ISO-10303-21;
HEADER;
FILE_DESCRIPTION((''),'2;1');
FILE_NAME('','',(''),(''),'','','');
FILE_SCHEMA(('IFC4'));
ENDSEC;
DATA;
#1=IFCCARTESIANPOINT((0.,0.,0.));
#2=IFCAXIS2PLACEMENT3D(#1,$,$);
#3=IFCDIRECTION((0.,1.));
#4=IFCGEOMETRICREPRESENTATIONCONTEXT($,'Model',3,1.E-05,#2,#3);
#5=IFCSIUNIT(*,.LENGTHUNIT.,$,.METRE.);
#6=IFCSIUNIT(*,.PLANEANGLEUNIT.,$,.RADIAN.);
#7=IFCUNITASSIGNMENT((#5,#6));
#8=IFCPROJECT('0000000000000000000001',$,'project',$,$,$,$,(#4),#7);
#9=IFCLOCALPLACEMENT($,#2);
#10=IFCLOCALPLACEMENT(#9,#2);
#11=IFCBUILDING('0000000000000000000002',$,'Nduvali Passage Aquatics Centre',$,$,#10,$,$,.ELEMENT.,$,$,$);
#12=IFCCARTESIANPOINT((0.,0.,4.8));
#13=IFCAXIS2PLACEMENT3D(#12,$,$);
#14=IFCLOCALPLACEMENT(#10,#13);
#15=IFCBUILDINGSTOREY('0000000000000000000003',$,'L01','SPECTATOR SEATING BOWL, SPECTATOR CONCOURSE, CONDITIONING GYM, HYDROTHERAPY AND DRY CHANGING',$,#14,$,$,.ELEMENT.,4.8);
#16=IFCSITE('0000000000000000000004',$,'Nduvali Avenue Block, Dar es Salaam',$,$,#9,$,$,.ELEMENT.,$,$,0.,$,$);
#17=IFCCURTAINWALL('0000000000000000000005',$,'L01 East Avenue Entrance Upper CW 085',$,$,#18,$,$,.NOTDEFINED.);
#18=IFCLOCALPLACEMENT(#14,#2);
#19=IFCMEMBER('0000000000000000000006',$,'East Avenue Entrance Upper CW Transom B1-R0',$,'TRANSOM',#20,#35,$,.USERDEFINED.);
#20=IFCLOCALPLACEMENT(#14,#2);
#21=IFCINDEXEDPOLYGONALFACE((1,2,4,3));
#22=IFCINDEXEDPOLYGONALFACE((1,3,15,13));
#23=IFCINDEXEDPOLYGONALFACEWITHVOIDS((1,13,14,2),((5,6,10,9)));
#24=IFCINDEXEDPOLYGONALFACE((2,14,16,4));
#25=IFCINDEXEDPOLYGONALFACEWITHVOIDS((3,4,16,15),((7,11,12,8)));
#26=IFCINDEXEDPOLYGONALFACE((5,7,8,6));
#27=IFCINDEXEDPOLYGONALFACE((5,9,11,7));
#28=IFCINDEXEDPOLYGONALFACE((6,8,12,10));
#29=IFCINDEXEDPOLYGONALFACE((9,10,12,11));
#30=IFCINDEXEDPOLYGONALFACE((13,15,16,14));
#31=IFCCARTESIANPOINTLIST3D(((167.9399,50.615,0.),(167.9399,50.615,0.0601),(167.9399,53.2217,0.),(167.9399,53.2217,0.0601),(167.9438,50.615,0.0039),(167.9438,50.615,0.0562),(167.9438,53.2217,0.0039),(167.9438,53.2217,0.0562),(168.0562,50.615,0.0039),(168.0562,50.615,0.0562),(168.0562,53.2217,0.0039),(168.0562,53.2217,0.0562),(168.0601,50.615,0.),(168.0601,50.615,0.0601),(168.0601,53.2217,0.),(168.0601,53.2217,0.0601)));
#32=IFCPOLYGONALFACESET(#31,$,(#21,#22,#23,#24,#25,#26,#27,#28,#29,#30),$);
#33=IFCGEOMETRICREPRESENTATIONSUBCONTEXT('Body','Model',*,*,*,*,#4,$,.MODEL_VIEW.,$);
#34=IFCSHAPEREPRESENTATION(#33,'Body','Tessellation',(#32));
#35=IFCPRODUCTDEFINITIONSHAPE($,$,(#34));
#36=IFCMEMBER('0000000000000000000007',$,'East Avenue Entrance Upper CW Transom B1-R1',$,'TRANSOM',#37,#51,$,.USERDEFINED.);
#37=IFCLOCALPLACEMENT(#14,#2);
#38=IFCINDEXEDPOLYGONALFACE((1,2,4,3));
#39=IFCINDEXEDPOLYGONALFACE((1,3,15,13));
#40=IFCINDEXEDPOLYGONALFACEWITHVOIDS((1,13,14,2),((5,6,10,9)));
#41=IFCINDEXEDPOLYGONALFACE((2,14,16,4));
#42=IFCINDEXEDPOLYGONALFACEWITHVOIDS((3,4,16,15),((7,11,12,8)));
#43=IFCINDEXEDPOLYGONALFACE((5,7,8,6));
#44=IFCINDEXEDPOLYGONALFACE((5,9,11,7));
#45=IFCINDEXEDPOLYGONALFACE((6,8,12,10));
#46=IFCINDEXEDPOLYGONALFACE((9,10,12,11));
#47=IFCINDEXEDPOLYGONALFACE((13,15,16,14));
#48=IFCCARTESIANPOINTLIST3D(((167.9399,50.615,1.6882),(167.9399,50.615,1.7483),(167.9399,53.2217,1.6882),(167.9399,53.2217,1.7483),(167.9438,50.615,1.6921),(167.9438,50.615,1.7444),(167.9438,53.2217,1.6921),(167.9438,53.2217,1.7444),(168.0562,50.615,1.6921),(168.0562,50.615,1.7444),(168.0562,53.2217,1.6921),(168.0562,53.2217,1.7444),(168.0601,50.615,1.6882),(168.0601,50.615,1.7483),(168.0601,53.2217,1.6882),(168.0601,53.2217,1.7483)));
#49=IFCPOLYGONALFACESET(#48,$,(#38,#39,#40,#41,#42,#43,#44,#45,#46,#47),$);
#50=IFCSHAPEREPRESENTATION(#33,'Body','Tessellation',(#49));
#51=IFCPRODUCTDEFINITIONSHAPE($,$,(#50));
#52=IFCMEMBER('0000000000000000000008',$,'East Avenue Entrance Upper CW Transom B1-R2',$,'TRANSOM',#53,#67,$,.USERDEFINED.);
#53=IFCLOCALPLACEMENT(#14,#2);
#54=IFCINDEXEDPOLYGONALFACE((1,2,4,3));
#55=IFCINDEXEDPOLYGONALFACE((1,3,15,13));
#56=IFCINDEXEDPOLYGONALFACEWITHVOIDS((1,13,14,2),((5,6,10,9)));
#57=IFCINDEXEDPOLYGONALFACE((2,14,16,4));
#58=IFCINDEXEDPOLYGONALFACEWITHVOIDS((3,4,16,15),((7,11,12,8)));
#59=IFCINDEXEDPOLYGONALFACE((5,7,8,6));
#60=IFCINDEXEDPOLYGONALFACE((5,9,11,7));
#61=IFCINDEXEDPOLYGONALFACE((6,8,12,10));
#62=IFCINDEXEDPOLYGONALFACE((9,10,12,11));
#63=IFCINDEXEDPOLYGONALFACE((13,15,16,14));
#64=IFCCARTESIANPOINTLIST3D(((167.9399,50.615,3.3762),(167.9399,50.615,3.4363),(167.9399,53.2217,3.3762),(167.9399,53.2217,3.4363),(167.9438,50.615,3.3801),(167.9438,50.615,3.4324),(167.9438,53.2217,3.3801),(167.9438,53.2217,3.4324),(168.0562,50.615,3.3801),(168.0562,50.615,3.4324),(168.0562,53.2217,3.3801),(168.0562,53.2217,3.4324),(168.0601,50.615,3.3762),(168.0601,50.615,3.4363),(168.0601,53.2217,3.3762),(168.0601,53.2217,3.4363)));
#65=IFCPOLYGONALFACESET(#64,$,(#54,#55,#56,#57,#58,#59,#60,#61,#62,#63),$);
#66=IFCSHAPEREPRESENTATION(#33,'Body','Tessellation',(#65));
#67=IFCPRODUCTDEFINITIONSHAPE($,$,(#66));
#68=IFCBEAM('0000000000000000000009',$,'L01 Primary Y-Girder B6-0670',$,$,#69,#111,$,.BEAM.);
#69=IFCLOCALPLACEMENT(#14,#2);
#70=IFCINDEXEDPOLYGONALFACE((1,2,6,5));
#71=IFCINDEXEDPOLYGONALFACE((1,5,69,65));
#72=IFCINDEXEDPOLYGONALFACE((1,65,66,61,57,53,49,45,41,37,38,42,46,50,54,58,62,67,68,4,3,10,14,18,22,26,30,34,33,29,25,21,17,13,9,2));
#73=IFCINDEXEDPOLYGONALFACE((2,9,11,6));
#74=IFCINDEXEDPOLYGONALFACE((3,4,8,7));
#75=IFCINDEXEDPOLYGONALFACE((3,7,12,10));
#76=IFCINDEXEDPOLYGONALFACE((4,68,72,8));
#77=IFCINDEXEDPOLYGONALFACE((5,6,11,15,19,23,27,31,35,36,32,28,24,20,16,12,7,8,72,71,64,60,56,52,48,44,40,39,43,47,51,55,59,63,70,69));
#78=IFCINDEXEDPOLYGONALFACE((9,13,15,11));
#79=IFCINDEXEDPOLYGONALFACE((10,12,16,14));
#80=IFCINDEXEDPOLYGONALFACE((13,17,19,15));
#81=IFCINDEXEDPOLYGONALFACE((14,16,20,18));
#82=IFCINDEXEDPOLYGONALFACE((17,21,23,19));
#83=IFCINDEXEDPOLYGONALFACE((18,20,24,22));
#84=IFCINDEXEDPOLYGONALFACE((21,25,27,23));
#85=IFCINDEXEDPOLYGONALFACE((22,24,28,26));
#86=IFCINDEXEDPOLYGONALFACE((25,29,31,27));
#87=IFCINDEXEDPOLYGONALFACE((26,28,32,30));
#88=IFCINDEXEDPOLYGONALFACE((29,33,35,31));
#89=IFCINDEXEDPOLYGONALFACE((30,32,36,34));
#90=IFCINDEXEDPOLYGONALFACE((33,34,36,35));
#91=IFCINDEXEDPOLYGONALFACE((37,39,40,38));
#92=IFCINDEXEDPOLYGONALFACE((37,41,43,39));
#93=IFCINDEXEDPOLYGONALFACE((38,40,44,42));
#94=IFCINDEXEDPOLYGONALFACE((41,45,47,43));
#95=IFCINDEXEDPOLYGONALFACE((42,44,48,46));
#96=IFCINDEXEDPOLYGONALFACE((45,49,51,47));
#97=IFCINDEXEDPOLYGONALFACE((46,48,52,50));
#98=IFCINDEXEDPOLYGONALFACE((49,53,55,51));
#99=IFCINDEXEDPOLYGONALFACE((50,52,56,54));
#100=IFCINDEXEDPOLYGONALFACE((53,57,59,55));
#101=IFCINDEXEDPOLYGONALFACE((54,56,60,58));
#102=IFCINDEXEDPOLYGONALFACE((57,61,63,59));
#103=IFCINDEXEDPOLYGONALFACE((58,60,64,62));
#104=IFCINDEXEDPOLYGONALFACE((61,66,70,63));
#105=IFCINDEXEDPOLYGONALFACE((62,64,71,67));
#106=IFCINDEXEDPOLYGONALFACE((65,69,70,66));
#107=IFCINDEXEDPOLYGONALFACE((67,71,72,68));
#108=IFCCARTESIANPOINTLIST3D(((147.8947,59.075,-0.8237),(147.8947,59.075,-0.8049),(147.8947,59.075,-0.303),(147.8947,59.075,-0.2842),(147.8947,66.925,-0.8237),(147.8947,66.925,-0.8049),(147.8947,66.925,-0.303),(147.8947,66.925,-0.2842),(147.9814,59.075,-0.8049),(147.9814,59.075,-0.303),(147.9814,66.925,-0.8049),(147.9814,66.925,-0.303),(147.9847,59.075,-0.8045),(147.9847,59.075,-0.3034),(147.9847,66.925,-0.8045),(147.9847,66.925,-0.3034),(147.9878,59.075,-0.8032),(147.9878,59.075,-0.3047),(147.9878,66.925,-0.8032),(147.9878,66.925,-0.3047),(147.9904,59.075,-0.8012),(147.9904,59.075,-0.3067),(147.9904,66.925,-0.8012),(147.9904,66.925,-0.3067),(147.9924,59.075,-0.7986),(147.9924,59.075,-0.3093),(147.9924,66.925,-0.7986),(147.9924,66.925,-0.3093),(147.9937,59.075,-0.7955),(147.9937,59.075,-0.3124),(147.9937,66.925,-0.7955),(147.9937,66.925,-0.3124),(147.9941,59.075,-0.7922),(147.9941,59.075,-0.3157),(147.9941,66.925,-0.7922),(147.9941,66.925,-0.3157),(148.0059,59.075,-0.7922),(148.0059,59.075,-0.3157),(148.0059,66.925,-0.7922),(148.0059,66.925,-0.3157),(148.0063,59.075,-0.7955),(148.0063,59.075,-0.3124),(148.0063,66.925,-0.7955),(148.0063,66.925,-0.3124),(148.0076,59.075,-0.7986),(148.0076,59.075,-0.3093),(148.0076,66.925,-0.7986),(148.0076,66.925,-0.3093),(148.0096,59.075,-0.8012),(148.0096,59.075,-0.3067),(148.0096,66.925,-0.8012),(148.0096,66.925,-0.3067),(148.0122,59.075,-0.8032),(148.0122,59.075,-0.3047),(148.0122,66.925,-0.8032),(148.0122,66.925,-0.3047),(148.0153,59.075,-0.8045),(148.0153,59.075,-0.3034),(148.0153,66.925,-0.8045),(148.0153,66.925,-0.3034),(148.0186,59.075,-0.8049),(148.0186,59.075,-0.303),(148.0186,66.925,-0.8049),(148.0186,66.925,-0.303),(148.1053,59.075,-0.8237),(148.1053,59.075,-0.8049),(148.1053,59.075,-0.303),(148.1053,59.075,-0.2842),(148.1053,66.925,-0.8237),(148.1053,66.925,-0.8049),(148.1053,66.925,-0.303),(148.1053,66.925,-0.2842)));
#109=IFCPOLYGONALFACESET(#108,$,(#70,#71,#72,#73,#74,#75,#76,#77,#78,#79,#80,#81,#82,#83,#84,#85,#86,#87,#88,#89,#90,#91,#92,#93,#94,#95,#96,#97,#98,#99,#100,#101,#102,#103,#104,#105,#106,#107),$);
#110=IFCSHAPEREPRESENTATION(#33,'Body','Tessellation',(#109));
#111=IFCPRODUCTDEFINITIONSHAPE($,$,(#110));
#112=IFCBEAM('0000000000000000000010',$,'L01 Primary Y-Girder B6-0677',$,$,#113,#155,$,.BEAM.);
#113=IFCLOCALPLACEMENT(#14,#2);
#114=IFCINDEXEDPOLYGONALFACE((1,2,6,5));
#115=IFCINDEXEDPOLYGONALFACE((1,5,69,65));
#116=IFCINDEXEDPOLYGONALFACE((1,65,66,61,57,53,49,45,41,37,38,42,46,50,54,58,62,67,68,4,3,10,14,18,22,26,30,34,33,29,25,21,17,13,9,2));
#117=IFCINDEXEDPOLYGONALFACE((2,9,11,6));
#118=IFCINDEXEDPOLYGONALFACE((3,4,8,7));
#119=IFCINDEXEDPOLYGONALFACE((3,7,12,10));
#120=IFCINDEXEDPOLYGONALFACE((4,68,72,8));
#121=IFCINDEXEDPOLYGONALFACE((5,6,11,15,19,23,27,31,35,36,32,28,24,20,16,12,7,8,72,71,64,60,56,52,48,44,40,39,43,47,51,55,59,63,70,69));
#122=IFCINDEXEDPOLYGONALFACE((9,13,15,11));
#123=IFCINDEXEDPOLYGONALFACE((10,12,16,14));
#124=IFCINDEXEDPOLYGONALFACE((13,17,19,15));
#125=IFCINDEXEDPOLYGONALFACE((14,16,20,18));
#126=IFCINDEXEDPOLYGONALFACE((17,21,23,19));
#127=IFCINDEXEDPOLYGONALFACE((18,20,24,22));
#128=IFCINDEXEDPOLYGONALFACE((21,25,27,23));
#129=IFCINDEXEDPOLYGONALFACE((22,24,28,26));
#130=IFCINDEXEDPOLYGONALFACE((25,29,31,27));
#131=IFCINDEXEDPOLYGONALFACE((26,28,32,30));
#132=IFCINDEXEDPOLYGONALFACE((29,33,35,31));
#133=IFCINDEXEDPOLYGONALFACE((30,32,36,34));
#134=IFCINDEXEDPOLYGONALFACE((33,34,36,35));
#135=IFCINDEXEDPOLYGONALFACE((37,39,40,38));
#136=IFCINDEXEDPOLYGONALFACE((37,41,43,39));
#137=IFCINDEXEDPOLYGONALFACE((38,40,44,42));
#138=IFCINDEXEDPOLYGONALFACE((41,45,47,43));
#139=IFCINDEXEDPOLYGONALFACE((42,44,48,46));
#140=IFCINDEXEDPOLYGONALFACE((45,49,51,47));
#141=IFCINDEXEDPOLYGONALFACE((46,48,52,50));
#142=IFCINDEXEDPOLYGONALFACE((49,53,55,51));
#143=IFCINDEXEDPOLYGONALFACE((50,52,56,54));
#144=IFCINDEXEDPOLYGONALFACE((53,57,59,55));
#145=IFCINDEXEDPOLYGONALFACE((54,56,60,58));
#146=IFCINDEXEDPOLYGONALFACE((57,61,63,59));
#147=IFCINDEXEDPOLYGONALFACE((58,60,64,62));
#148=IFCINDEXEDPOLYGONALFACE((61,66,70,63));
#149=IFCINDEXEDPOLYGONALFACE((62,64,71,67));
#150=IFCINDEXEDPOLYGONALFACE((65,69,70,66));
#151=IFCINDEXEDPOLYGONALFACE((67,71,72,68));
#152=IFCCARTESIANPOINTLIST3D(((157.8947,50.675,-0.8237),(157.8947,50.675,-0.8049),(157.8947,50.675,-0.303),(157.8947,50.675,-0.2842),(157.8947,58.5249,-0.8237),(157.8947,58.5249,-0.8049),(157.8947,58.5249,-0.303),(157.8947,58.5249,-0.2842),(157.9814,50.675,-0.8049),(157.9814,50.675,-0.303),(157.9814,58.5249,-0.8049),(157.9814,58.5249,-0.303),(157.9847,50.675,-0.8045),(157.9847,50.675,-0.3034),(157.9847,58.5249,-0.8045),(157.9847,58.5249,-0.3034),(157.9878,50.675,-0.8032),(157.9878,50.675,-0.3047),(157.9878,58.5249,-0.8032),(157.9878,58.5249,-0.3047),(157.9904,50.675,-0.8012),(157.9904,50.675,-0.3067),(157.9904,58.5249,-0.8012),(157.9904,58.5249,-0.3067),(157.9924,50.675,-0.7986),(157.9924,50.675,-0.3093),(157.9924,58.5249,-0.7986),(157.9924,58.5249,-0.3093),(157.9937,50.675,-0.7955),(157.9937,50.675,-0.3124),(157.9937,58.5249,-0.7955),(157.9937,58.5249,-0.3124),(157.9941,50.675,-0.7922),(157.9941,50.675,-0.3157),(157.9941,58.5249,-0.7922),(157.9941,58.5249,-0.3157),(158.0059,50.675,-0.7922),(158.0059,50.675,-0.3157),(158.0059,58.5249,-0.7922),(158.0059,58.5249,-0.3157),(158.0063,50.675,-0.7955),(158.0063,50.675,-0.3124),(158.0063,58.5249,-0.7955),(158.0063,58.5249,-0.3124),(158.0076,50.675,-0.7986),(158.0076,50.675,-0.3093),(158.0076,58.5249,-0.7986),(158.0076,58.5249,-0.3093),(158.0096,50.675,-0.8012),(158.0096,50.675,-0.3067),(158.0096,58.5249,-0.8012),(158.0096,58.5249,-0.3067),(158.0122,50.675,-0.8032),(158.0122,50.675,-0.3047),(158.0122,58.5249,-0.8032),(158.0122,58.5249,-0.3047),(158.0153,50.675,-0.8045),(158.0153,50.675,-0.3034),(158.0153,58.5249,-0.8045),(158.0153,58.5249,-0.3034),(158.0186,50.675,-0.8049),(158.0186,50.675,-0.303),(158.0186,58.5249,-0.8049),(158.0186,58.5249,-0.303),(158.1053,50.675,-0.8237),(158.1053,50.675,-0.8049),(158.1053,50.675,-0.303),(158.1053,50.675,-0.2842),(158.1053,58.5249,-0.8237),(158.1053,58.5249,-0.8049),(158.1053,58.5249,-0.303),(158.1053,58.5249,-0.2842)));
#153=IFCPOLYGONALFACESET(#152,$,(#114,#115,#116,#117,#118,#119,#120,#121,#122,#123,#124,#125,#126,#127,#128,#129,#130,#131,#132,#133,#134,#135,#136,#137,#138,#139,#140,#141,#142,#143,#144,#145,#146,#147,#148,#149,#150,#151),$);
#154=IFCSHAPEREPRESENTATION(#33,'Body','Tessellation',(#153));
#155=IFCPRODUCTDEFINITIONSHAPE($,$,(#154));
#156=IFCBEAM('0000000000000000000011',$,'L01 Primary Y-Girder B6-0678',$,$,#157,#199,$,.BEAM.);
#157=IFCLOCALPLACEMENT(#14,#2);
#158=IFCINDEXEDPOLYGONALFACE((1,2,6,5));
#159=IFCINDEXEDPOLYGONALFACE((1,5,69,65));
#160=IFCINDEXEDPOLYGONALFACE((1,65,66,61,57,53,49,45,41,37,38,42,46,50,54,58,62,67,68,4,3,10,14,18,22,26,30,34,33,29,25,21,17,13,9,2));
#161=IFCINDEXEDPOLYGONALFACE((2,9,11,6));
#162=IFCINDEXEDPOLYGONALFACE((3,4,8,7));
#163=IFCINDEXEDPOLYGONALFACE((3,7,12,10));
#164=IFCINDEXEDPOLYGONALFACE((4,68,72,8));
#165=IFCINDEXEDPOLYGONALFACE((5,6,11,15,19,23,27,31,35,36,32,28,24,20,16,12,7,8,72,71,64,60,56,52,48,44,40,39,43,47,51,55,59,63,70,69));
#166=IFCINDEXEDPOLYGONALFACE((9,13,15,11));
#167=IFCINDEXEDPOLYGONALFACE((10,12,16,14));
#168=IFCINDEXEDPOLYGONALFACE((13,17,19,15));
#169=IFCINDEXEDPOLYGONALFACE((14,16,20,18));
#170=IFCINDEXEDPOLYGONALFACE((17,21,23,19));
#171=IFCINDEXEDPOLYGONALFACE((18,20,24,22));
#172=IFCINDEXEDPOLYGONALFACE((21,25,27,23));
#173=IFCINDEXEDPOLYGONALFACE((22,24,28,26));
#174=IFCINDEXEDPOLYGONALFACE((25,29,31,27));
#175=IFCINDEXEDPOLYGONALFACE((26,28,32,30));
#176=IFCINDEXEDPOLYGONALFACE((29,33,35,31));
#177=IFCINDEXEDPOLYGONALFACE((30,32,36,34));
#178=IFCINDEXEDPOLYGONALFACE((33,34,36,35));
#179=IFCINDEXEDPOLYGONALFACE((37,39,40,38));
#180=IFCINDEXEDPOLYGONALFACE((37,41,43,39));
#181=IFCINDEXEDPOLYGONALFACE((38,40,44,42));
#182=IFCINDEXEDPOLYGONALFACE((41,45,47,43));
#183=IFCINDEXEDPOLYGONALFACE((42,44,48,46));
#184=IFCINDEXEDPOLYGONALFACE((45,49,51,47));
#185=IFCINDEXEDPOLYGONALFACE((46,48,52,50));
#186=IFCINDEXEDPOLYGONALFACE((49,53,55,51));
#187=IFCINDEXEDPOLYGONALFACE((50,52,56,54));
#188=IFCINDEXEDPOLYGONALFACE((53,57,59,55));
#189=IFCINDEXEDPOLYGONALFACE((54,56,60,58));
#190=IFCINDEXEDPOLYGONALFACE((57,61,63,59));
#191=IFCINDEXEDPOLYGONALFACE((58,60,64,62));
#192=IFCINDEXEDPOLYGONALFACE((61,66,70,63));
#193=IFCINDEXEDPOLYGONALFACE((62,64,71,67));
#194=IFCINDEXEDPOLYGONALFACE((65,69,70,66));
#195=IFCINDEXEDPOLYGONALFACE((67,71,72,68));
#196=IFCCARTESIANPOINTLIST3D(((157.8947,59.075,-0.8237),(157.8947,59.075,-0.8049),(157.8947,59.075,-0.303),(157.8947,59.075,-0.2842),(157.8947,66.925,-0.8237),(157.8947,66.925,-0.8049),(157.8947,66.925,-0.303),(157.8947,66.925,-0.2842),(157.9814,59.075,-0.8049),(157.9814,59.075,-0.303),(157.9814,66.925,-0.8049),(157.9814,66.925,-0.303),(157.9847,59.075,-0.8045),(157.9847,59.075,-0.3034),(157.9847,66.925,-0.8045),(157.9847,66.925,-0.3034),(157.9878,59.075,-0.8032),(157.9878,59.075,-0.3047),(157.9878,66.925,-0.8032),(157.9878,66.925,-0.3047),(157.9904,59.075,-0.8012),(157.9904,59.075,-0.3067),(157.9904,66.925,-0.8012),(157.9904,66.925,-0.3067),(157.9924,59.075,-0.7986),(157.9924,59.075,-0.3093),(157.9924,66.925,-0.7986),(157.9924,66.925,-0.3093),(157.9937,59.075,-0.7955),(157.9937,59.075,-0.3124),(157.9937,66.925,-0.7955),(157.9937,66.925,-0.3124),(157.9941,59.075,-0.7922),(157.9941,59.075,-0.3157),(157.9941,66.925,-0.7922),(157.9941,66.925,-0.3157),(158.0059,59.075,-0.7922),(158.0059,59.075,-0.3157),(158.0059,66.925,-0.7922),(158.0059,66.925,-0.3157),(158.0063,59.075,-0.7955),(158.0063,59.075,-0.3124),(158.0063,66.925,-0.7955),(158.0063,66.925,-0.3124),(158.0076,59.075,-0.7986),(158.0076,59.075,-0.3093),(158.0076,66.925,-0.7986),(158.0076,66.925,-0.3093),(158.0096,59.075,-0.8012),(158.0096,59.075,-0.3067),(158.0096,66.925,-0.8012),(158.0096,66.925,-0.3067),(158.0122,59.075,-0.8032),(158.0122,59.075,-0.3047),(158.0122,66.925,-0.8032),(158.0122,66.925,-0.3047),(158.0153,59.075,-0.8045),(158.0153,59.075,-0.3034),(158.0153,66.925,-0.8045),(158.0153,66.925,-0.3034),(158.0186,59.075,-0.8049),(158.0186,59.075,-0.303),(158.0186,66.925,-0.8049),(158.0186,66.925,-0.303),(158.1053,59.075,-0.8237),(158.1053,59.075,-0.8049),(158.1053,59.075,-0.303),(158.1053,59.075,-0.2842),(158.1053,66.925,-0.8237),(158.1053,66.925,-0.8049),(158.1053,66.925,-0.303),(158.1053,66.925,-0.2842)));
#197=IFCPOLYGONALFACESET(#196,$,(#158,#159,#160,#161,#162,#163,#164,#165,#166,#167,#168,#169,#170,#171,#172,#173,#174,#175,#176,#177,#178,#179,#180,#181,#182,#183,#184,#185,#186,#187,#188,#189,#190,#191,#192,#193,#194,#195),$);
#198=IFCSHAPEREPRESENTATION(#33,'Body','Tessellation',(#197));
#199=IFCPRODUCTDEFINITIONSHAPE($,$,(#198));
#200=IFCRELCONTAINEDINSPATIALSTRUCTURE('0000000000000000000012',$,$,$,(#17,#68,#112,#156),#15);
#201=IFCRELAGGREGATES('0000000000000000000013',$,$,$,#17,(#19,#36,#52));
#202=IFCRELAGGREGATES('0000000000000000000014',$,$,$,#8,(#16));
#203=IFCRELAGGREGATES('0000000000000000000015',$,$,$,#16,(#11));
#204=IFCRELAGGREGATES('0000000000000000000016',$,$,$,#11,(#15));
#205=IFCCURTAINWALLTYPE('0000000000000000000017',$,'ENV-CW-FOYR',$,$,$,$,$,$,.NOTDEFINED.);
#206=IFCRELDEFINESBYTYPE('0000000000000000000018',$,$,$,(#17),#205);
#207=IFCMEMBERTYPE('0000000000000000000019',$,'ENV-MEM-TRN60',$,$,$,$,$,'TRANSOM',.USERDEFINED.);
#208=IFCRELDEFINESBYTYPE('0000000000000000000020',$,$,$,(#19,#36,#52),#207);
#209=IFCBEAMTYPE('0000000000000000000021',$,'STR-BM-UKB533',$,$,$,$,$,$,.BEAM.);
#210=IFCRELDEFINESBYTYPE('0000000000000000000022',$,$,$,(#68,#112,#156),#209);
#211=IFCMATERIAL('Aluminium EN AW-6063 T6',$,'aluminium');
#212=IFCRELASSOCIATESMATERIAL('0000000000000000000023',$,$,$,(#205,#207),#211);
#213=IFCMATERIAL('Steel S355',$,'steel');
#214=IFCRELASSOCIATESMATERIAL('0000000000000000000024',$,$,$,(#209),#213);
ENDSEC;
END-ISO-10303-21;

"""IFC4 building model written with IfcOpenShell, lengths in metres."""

from ifc_helpers import new_model, si_unit, direction, frame, origin, origin_2d, place, context, subcontext, project, spatial, hollow_rectangle, i_section, extrude, material, material_profile, profile_set, type_object, element, aggregate, save


model = new_model("IFC4")

# Units and contexts
model_context = context("Model", 3, precision=1e-05, world=origin(), true_north=direction((0.0, 1.0)))
body_context = subcontext(model_context, "Body", "Model", "MODEL_VIEW")
ifc_project = project(units=[si_unit("LENGTHUNIT", "METRE"), si_unit("PLANEANGLEUNIT", "RADIAN")], contexts=[model_context])

# Site, building, storey
site_placement = place(None, origin())
site = spatial("IfcSite", under=ifc_project, at=site_placement, Name="Nduvali Avenue Block, Dar es Salaam", CompositionType="ELEMENT", RefElevation=0.0)
building_placement = place(site_placement, origin())
building = spatial("IfcBuilding", under=site, at=building_placement, Name="Nduvali Passage Aquatics Centre", CompositionType="ELEMENT")
storey_placement = place(building_placement, frame((0.0, 0.0, 4.8)))
storey = spatial("IfcBuildingStorey", under=building, at=storey_placement, Name="L01", Description="SPECTATOR SEATING BOWL, SPECTATOR CONCOURSE, CONDITIONING GYM, HYDROTHERAPY AND DRY CHANGING", CompositionType="ELEMENT", Elevation=4.8)

# Shared definitions
ifc_material_1 = material(Name="Steel S355", Category="steel")

# Shared definitions
ifc_material_2 = material(Name="Aluminium EN AW-6063 T6", Category="aluminium")
curtain_wall_type = type_object("IfcCurtainWallType", Name="ENV-CW-FOYR", PredefinedType="NOTDEFINED", material=ifc_material_2)

# Curtain wall, members
curtain_wall_1_placement = place(storey_placement, origin())
curtain_wall_1 = element("IfcCurtainWall", 1, at=curtain_wall_1_placement, inside=storey, type_object=curtain_wall_type, Name="L01 East Avenue Entrance Upper CW 085", PredefinedType="NOTDEFINED")
ifc_material_profile_1 = material_profile(ifc_material_2, hollow_rectangle(XDim=0.1201, YDim=0.0601, WallThickness=0.0039, at=origin_2d()), Name="ALU TRANSOM 120x60x4")
ifc_profile_set_1 = profile_set([ifc_material_profile_1], Name="Aluminium EN AW-6063 T6")
member_type_1 = type_object("IfcMemberType", Name="ENV-MEM-TRN60", ElementType="TRANSOM", PredefinedType="USERDEFINED", material=ifc_profile_set_1)
member_1_placement = place(storey_placement, frame((168.0, 50.615, 0.03), z_axis=(0.0, 1.0, 0.0), x_axis=(-1.0, 0.0, 0.0)))
member_1 = element("IfcMember", 2, at=member_1_placement, type_object=member_type_1, Name="East Avenue Entrance Upper CW Transom B1-R0", ObjectType="TRANSOM", PredefinedType="USERDEFINED", context=body_context, shape_type="SweptSolid", body=[
    extrude(hollow_rectangle(XDim=0.1201, YDim=0.0601, WallThickness=0.0039, at=origin_2d()), origin(), (0.0, 0.0, 1.0), 2.6067),
])
member_2_placement = place(storey_placement, frame((168.0, 50.615, 1.7183), z_axis=(0.0, 1.0, 0.0), x_axis=(-1.0, 0.0, 0.0)))
member_2 = element("IfcMember", 3, at=member_2_placement, type_object=member_type_1, Name="East Avenue Entrance Upper CW Transom B1-R1", ObjectType="TRANSOM", PredefinedType="USERDEFINED", context=body_context, shape_type="SweptSolid", body=[
    extrude(hollow_rectangle(XDim=0.1201, YDim=0.0601, WallThickness=0.0039, at=origin_2d()), origin(), (0.0, 0.0, 1.0), 2.6067),
])
member_3_placement = place(storey_placement, frame((168.0, 50.615, 3.4062), z_axis=(0.0, 1.0, 0.0), x_axis=(-1.0, 0.0, 0.0)))
member_3 = element("IfcMember", 4, at=member_3_placement, type_object=member_type_1, Name="East Avenue Entrance Upper CW Transom B1-R2", ObjectType="TRANSOM", PredefinedType="USERDEFINED", context=body_context, shape_type="SweptSolid", body=[
    extrude(hollow_rectangle(XDim=0.1201, YDim=0.0601, WallThickness=0.0039, at=origin_2d()), origin(), (0.0, 0.0, 1.0), 2.6067),
])
aggregate(curtain_wall_1, [member_1, member_2, member_3])

# Beams
ifc_material_profile_2 = material_profile(ifc_material_1, i_section(OverallWidth=0.2107, OverallDepth=0.5396, WebThickness=0.0117, FlangeThickness=0.0188, FilletRadius=0.0127, at=origin_2d()), Name="UKB 533x210x109")
ifc_profile_set_2 = profile_set([ifc_material_profile_2], Name="Steel S355")
beam_type_1 = type_object("IfcBeamType", Name="STR-BM-UKB533", PredefinedType="BEAM", material=ifc_profile_set_2)
beam_1_placement = place(storey_placement, frame((148.0, 59.075, -0.554), z_axis=(0.0, 1.0, 0.0), x_axis=(-1.0, 0.0, 0.0)))
element("IfcBeam", 5, at=beam_1_placement, inside=storey, type_object=beam_type_1, Name="L01 Primary Y-Girder B6-0670", PredefinedType="BEAM", context=body_context, shape_type="SweptSolid", body=[
    extrude(i_section(OverallWidth=0.2107, OverallDepth=0.5396, WebThickness=0.0117, FlangeThickness=0.0188, FilletRadius=0.0127, at=origin_2d()), origin(), (0.0, 0.0, 1.0), 7.8501),
])
beam_2_placement = place(storey_placement, frame((158.0, 50.675, -0.554), z_axis=(0.0, 1.0, 0.0), x_axis=(-1.0, 0.0, 0.0)))
element("IfcBeam", 6, at=beam_2_placement, inside=storey, type_object=beam_type_1, Name="L01 Primary Y-Girder B6-0677", PredefinedType="BEAM", context=body_context, shape_type="SweptSolid", body=[
    extrude(i_section(OverallWidth=0.2107, OverallDepth=0.5396, WebThickness=0.0117, FlangeThickness=0.0188, FilletRadius=0.0127, at=origin_2d()), origin(), (0.0, 0.0, 1.0), 7.8499),
])
beam_3_placement = place(storey_placement, frame((158.0, 59.075, -0.554), z_axis=(0.0, 1.0, 0.0), x_axis=(-1.0, 0.0, 0.0)))
element("IfcBeam", 7, at=beam_3_placement, inside=storey, type_object=beam_type_1, Name="L01 Primary Y-Girder B6-0678", PredefinedType="BEAM", context=body_context, shape_type="SweptSolid", body=[
    extrude(i_section(OverallWidth=0.2107, OverallDepth=0.5396, WebThickness=0.0117, FlangeThickness=0.0188, FilletRadius=0.0127, at=origin_2d()), origin(), (0.0, 0.0, 1.0), 7.8501),
])

save(model, "model.ifc")
